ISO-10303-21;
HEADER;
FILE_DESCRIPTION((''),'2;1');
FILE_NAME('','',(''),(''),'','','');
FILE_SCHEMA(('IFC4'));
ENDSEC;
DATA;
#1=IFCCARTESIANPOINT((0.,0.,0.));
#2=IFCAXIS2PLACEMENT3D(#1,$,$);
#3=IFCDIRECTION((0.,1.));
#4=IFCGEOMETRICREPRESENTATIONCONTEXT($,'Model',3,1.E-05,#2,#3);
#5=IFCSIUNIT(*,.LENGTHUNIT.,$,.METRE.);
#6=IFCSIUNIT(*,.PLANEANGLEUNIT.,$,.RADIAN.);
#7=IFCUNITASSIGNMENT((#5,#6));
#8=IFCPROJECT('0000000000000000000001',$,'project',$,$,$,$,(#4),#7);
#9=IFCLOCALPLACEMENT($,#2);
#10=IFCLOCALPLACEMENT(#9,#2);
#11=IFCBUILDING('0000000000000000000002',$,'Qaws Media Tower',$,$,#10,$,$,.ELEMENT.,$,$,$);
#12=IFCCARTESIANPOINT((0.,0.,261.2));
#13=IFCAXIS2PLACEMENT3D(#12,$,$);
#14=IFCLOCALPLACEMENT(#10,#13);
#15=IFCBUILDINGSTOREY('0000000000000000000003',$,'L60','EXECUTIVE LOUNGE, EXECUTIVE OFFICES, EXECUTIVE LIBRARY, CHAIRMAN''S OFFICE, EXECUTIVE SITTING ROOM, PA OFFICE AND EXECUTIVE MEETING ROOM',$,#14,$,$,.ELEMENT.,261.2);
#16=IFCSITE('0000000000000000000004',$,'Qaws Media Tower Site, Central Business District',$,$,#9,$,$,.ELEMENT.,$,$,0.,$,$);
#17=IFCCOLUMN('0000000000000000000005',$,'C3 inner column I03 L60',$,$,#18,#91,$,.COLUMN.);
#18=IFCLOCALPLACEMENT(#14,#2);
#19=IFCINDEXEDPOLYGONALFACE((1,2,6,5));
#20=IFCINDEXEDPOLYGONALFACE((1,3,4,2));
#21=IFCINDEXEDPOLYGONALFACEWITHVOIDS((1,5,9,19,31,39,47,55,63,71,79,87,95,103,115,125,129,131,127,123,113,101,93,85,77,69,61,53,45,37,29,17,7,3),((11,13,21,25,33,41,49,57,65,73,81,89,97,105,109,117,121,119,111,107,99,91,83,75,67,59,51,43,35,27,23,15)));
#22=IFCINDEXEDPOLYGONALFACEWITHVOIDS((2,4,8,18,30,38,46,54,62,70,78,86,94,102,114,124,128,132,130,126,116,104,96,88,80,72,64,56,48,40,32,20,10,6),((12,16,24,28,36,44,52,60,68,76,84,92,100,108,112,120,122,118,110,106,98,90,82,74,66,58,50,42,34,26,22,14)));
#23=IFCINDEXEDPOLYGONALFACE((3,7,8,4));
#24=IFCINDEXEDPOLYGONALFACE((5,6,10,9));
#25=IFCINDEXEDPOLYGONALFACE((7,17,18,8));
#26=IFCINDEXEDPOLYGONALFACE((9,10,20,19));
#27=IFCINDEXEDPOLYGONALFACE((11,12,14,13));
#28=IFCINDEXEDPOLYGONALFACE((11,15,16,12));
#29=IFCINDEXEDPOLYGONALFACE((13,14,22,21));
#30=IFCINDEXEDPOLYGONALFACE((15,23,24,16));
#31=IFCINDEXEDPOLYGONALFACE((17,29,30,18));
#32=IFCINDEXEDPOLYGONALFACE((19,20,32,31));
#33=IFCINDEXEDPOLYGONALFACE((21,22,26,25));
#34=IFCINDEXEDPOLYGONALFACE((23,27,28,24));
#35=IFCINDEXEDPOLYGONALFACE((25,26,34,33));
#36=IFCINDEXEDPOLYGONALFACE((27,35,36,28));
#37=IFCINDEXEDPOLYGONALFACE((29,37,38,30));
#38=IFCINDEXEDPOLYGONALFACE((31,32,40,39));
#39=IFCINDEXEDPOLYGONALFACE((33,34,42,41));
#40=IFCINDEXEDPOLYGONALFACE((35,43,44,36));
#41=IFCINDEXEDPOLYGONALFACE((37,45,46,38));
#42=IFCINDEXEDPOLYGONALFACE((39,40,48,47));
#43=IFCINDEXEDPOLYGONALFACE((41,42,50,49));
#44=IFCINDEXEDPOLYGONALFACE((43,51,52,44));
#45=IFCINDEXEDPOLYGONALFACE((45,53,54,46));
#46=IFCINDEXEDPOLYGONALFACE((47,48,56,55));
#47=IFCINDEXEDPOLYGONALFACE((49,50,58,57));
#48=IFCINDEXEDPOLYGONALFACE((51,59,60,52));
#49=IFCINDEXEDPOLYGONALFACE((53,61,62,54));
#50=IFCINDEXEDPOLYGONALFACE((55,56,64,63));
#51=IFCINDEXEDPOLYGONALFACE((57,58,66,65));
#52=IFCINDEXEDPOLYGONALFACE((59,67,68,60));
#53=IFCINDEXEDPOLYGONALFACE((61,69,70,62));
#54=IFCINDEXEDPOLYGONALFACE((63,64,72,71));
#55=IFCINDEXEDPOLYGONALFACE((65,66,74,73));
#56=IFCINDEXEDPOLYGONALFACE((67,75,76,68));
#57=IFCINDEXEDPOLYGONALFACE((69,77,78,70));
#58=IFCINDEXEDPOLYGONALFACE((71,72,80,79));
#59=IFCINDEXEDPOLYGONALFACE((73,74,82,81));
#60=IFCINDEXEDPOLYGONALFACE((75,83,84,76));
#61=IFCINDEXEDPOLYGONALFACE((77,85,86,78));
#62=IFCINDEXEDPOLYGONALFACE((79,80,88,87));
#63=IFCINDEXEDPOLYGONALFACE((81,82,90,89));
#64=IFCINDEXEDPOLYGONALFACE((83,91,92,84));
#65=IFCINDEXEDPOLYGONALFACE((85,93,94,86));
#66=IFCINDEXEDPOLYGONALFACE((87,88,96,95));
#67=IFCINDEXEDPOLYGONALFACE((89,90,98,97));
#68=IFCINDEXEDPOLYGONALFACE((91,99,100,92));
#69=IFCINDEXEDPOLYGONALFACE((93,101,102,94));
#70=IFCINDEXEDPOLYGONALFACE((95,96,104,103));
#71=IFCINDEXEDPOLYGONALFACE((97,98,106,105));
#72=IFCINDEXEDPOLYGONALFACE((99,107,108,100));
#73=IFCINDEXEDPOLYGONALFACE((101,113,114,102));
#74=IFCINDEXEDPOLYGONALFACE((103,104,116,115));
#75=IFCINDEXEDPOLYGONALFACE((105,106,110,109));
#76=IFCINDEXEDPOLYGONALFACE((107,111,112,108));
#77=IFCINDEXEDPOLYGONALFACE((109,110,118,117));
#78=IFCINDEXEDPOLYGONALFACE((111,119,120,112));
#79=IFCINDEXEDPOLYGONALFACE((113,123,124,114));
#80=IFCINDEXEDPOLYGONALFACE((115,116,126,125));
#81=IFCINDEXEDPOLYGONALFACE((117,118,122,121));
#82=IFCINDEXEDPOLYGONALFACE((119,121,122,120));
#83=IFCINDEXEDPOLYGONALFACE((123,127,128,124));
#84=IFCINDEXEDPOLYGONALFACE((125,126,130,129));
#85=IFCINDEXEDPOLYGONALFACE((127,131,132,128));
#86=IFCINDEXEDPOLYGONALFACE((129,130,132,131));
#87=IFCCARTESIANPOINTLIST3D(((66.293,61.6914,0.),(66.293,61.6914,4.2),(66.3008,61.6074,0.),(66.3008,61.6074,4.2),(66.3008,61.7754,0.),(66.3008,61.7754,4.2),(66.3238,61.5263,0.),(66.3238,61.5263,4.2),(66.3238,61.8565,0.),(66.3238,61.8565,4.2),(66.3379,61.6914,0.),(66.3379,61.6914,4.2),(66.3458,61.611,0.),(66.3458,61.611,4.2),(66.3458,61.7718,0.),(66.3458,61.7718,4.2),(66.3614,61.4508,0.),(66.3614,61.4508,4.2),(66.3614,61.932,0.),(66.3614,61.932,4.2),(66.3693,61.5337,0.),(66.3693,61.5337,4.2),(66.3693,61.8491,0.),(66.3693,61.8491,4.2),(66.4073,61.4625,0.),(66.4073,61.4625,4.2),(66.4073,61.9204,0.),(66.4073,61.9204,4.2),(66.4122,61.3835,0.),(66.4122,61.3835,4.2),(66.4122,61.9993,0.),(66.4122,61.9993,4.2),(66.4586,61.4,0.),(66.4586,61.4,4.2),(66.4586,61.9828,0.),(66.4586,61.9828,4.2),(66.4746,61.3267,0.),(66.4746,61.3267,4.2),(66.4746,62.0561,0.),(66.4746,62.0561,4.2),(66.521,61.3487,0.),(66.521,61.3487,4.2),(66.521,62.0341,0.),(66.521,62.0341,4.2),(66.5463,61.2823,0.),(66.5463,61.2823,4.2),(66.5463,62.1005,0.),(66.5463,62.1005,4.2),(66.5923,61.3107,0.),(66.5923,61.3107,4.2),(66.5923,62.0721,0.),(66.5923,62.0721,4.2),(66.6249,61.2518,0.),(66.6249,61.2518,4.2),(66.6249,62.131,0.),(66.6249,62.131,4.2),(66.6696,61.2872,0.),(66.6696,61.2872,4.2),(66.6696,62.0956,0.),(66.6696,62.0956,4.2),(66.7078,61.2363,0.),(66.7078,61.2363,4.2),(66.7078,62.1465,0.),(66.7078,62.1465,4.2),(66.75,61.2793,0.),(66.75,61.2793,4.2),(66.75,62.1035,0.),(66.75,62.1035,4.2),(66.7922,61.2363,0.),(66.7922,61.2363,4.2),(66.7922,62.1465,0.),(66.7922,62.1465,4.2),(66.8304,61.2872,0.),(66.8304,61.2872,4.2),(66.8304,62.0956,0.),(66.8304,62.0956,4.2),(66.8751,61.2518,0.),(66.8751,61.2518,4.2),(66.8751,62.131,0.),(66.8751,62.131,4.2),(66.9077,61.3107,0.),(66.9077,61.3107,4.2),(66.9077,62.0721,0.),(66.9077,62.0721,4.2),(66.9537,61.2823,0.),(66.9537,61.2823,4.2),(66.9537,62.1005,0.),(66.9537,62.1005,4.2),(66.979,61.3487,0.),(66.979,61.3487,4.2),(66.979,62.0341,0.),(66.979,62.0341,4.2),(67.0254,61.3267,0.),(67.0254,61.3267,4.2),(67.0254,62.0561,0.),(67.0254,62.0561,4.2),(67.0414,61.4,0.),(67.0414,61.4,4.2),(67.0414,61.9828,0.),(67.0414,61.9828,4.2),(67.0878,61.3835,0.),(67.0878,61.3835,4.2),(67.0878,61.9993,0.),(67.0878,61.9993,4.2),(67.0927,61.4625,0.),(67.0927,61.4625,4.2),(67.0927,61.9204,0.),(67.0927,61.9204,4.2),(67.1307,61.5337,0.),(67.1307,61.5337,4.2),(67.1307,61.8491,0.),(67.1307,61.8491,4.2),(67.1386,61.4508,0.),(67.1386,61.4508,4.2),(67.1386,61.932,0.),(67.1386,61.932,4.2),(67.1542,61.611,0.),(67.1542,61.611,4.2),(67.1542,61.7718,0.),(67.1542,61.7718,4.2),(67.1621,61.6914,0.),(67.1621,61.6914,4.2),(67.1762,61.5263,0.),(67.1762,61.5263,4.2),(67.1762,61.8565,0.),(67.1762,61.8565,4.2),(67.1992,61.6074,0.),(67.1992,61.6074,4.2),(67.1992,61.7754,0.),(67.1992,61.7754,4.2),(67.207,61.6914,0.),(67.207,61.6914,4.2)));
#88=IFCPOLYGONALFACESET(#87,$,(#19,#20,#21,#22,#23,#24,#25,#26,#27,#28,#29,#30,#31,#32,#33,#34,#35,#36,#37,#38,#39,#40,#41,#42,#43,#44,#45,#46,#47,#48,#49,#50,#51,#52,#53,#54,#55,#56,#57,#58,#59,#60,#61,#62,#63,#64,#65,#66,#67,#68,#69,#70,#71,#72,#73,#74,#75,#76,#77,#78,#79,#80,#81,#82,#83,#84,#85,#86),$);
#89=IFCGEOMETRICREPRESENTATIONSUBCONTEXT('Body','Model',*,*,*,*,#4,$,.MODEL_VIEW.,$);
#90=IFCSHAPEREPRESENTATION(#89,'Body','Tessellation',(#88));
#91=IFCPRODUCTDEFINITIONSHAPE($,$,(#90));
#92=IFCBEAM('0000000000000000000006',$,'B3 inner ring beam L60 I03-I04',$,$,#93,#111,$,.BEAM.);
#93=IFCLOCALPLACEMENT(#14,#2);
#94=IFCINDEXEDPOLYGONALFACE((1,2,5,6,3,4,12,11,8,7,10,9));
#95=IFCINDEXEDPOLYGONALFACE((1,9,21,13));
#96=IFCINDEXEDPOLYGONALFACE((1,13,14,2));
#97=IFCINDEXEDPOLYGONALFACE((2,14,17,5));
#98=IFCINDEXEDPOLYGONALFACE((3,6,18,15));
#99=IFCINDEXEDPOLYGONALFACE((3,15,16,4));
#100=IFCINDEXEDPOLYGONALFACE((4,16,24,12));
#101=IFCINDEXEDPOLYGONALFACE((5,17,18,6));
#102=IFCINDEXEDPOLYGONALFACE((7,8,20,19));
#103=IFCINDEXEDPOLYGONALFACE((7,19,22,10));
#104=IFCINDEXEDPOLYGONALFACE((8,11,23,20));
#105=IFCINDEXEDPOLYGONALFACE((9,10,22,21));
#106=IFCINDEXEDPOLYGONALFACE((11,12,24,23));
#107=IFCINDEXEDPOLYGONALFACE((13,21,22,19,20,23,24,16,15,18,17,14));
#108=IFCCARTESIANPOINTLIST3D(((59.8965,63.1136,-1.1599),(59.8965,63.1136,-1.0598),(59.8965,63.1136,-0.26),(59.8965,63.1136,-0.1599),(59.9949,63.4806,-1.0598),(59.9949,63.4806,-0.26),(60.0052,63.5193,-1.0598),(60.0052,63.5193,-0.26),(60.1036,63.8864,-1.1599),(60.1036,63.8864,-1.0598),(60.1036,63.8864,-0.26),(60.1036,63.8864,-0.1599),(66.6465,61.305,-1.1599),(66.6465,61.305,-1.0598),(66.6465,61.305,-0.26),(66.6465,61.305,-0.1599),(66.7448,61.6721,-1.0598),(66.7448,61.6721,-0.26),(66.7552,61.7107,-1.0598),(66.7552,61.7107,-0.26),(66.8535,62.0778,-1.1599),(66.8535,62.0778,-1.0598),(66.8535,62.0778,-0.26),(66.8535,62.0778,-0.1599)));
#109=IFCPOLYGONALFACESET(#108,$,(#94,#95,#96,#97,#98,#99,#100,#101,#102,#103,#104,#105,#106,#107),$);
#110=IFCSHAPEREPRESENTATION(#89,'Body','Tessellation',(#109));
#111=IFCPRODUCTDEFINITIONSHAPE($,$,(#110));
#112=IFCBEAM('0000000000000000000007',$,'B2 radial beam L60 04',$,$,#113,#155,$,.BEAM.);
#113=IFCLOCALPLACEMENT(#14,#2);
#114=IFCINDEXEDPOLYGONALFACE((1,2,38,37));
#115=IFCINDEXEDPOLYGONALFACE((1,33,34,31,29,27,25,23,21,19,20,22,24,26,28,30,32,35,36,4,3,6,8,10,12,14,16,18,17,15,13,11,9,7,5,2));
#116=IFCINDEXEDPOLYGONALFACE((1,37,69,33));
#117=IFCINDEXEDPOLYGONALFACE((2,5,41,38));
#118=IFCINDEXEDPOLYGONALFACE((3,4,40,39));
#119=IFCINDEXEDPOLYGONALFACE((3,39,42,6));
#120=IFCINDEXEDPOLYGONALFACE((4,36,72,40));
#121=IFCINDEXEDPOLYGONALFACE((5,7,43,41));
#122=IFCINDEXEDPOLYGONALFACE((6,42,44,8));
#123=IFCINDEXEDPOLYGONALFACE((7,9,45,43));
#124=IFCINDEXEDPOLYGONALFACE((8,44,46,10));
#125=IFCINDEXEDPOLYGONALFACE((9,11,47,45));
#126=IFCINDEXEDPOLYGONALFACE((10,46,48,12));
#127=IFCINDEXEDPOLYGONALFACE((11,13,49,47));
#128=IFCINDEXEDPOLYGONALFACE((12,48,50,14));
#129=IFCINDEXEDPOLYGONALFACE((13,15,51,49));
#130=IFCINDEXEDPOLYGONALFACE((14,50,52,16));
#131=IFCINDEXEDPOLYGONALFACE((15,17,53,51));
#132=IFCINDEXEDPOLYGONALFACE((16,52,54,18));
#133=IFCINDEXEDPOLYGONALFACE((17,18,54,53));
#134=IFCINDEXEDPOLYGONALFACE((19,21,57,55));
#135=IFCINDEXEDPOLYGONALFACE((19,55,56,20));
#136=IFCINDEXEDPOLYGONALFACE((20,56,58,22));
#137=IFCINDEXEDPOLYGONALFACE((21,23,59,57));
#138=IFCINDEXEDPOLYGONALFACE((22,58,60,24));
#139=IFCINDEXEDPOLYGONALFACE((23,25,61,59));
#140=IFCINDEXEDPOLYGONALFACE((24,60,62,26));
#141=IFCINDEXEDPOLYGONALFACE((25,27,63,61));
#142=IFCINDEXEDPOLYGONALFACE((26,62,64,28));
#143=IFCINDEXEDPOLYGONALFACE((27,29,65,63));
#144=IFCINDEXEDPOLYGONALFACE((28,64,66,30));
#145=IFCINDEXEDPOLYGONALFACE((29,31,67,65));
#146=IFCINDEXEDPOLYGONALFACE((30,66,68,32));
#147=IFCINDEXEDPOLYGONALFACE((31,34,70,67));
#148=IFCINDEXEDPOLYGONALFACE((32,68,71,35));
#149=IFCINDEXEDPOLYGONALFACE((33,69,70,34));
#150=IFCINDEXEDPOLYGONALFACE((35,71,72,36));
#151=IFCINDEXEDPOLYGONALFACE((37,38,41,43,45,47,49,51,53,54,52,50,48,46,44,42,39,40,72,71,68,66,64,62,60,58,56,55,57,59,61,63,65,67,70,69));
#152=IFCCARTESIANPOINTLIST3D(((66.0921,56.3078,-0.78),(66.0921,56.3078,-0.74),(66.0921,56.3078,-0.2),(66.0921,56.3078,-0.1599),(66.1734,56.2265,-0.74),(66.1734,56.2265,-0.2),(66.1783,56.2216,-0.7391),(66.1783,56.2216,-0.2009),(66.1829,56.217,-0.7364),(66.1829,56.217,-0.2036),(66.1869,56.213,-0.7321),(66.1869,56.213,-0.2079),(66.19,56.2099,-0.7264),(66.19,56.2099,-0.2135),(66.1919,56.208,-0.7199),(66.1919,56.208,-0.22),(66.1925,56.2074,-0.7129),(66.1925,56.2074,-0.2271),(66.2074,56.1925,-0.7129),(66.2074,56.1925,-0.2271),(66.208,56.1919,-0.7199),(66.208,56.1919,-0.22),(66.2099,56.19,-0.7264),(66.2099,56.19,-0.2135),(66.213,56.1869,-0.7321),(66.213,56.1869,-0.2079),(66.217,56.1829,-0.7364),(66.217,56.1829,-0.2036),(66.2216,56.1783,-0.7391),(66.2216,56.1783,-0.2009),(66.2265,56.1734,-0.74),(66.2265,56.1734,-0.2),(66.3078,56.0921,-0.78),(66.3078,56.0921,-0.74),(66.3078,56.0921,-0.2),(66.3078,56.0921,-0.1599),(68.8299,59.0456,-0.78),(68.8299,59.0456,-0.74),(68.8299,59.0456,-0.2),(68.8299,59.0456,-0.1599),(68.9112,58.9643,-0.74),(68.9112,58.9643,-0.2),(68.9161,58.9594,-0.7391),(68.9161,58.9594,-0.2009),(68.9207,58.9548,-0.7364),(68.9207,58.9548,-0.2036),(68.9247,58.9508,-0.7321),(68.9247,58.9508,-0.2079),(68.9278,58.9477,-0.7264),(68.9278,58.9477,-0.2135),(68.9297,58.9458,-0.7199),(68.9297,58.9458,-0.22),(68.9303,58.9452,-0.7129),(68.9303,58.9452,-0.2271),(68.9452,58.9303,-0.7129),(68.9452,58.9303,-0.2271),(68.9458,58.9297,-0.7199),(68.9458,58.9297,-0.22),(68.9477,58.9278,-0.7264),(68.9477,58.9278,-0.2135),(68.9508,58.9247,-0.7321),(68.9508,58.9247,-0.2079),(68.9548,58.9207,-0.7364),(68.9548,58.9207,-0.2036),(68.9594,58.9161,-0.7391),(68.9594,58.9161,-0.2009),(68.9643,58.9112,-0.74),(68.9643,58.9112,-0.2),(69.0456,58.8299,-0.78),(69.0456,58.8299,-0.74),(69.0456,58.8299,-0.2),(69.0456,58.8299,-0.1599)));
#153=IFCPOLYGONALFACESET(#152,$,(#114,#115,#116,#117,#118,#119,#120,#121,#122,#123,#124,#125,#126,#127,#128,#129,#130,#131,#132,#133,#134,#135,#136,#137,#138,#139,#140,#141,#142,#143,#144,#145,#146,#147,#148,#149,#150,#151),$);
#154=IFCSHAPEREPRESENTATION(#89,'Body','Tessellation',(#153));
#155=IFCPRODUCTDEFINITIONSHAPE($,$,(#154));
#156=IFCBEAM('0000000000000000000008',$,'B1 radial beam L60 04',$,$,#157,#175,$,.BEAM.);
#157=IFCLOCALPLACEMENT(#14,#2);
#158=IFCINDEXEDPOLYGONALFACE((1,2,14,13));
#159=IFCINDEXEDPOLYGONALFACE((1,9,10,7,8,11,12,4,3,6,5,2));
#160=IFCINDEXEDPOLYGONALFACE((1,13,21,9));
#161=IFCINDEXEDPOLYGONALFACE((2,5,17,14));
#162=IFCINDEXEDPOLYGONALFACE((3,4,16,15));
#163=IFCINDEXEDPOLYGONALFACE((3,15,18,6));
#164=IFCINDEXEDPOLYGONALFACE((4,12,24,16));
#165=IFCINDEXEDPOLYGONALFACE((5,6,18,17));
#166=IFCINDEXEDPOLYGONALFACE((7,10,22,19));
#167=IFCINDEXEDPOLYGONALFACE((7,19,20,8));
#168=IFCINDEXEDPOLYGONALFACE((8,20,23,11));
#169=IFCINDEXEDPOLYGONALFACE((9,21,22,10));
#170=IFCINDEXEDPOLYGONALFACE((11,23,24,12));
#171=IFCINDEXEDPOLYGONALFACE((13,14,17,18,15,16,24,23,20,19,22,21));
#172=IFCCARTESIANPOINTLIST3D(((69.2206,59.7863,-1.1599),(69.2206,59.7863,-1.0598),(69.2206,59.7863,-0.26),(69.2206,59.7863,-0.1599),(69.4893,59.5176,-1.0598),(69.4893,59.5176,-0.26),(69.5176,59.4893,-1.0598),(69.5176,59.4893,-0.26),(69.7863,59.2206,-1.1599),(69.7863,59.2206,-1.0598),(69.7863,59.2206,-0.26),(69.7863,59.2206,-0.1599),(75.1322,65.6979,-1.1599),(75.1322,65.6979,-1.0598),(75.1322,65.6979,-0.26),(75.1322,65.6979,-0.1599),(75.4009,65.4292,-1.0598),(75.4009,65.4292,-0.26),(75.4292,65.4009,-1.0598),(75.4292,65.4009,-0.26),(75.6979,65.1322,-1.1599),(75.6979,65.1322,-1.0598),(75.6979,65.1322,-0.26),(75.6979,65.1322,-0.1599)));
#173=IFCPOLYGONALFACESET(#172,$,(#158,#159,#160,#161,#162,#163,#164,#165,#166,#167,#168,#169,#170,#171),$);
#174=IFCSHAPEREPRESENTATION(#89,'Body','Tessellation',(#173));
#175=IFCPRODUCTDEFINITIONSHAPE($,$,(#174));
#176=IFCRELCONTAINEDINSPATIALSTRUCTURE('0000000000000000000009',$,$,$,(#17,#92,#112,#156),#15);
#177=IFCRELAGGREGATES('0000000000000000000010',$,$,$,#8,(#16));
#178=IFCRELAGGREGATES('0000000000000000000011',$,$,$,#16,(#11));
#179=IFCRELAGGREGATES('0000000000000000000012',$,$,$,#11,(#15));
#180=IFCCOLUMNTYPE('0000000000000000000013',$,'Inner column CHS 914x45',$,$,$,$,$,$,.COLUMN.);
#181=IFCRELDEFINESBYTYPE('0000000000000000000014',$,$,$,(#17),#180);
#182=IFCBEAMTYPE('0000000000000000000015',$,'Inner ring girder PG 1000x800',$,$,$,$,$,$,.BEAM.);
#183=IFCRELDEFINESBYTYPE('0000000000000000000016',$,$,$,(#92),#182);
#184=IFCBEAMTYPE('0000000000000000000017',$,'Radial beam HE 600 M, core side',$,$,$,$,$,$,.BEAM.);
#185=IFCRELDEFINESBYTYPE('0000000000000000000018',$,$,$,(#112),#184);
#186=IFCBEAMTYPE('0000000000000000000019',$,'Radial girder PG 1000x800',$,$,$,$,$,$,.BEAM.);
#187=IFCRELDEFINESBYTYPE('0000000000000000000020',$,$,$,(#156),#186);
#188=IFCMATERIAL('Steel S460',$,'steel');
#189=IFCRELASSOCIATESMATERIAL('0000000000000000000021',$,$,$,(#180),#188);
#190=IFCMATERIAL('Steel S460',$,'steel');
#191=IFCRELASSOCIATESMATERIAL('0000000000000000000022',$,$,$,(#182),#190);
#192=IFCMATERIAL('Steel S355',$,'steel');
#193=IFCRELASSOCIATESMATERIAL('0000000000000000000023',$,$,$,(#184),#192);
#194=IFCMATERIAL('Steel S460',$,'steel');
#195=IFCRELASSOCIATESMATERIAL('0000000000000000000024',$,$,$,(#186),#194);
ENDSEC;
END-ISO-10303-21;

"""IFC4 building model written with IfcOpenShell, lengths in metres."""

from ifc_helpers import new_model, si_unit, direction, frame, origin, origin_2d, place, context, subcontext, project, spatial, hollow_circle, i_section, extrude, material, material_profile, profile_set, type_object, element, save


model = new_model("IFC4")

# Units and contexts
model_context = context("Model", 3, precision=1e-05, world=origin(), true_north=direction((0.0, 1.0)))
body_context = subcontext(model_context, "Body", "Model", "MODEL_VIEW")
ifc_project = project(units=[si_unit("LENGTHUNIT", "METRE"), si_unit("PLANEANGLEUNIT", "RADIAN")], contexts=[model_context])

# Site, building, storey
site_placement = place(None, origin())
site = spatial("IfcSite", under=ifc_project, at=site_placement, Name="Qaws Media Tower Site, Central Business District", CompositionType="ELEMENT", RefElevation=0.0)
building_placement = place(site_placement, origin())
building = spatial("IfcBuilding", under=site, at=building_placement, Name="Qaws Media Tower", CompositionType="ELEMENT")
storey_placement = place(building_placement, frame((0.0, 0.0, 261.2)))
storey = spatial("IfcBuildingStorey", under=building, at=storey_placement, Name="L60", Description="EXECUTIVE LOUNGE, EXECUTIVE OFFICES, EXECUTIVE LIBRARY, CHAIRMAN'S OFFICE, EXECUTIVE SITTING ROOM, PA OFFICE AND EXECUTIVE MEETING ROOM", CompositionType="ELEMENT", Elevation=261.2)

# Column
ifc_material_1 = material(Name="Steel S460", Category="steel")
ifc_material_profile_1 = material_profile(ifc_material_1, hollow_circle(Radius=0.457, WallThickness=0.0449, at=origin_2d()), Name="CHS 914x45")
ifc_profile_set_1 = profile_set([ifc_material_profile_1], Name="Steel S460")
column_type = type_object("IfcColumnType", Name="Inner column CHS 914x45", PredefinedType="COLUMN", material=ifc_profile_set_1)
column_placement = place(storey_placement, frame((66.75, 61.6914, 0.0), z_axis=(0.0, 0.0, 1.0), x_axis=(1.0, 0.0, 0.0)))
element("IfcColumn", 1, at=column_placement, inside=storey, type_object=column_type, Name="C3 inner column I03 L60", PredefinedType="COLUMN", context=body_context, shape_type="SweptSolid", body=[
    extrude(hollow_circle(Radius=0.457, WallThickness=0.0449, at=origin_2d()), origin(), (0.0, 0.0, 1.0), 4.2),
])

# Beams
ifc_material_2 = material(Name="Steel S460", Category="steel")
ifc_material_profile_2 = material_profile(ifc_material_2, i_section(OverallWidth=0.8, OverallDepth=1.0, WebThickness=0.04, FlangeThickness=0.1001, at=origin_2d()), Name="PG 1000x800")
ifc_profile_set_2 = profile_set([ifc_material_profile_2], Name="Steel S460")
beam_type_1 = type_object("IfcBeamType", Name="Inner ring girder PG 1000x800", PredefinedType="BEAM", material=ifc_profile_set_2)
beam_1_placement = place(storey_placement, frame((66.75, 61.6914, -0.6599), z_axis=(-0.965928, 0.258811, 0.0), x_axis=(-0.258811, -0.965928, 0.0)))
element("IfcBeam", 2, at=beam_1_placement, inside=storey, type_object=beam_type_1, Name="B3 inner ring beam L60 I03-I04", PredefinedType="BEAM", context=body_context, shape_type="SweptSolid", body=[
    extrude(i_section(OverallWidth=0.8, OverallDepth=1.0, WebThickness=0.04, FlangeThickness=0.1001, at=origin_2d()), origin(), (0.0, 0.0, 1.0), 6.988),
])
ifc_material_3 = material(Name="Steel S355", Category="steel")
ifc_material_profile_3 = material_profile(ifc_material_3, i_section(OverallWidth=0.3049, OverallDepth=0.6201, WebThickness=0.021, FlangeThickness=0.04, FilletRadius=0.0271, at=origin_2d()), Name="HE 600 M")
ifc_profile_set_3 = profile_set([ifc_material_profile_3], Name="Steel S355")
beam_type_2 = type_object("IfcBeamType", Name="Radial beam HE 600 M, core side", PredefinedType="BEAM", material=ifc_profile_set_3)
beam_2_placement = place(storey_placement, frame((66.2, 56.2, -0.47), z_axis=(0.707107, 0.707107, 0.0), x_axis=(-0.707107, 0.707107, 0.0)))
element("IfcBeam", 3, at=beam_2_placement, inside=storey, type_object=beam_type_2, Name="B2 radial beam L60 04", PredefinedType="BEAM", context=body_context, shape_type="SweptSolid", body=[
    extrude(i_section(OverallWidth=0.3049, OverallDepth=0.6201, WebThickness=0.021, FlangeThickness=0.04, FilletRadius=0.0271, at=origin_2d()), origin(), (0.0, 0.0, 1.0), 3.8718),
])
ifc_material_4 = material(Name="Steel S460", Category="steel")
ifc_material_profile_4 = material_profile(ifc_material_4, i_section(OverallWidth=0.8, OverallDepth=1.0, WebThickness=0.04, FlangeThickness=0.1001, at=origin_2d()), Name="PG 1000x800")
ifc_profile_set_4 = profile_set([ifc_material_profile_4], Name="Steel S460")
beam_type_3 = type_object("IfcBeamType", Name="Radial girder PG 1000x800", PredefinedType="BEAM", material=ifc_profile_set_4)
beam_3_placement = place(storey_placement, frame((69.5034, 59.5034, -0.6599), z_axis=(0.707107, 0.707107, 0.0), x_axis=(-0.707107, 0.707107, 0.0)))
element("IfcBeam", 4, at=beam_3_placement, inside=storey, type_object=beam_type_3, Name="B1 radial beam L60 04", PredefinedType="BEAM", context=body_context, shape_type="SweptSolid", body=[
    extrude(i_section(OverallWidth=0.8, OverallDepth=1.0, WebThickness=0.04, FlangeThickness=0.1001, at=origin_2d()), origin(), (0.0, 0.0, 1.0), 8.3604),
])

save(model, "model.ifc")
